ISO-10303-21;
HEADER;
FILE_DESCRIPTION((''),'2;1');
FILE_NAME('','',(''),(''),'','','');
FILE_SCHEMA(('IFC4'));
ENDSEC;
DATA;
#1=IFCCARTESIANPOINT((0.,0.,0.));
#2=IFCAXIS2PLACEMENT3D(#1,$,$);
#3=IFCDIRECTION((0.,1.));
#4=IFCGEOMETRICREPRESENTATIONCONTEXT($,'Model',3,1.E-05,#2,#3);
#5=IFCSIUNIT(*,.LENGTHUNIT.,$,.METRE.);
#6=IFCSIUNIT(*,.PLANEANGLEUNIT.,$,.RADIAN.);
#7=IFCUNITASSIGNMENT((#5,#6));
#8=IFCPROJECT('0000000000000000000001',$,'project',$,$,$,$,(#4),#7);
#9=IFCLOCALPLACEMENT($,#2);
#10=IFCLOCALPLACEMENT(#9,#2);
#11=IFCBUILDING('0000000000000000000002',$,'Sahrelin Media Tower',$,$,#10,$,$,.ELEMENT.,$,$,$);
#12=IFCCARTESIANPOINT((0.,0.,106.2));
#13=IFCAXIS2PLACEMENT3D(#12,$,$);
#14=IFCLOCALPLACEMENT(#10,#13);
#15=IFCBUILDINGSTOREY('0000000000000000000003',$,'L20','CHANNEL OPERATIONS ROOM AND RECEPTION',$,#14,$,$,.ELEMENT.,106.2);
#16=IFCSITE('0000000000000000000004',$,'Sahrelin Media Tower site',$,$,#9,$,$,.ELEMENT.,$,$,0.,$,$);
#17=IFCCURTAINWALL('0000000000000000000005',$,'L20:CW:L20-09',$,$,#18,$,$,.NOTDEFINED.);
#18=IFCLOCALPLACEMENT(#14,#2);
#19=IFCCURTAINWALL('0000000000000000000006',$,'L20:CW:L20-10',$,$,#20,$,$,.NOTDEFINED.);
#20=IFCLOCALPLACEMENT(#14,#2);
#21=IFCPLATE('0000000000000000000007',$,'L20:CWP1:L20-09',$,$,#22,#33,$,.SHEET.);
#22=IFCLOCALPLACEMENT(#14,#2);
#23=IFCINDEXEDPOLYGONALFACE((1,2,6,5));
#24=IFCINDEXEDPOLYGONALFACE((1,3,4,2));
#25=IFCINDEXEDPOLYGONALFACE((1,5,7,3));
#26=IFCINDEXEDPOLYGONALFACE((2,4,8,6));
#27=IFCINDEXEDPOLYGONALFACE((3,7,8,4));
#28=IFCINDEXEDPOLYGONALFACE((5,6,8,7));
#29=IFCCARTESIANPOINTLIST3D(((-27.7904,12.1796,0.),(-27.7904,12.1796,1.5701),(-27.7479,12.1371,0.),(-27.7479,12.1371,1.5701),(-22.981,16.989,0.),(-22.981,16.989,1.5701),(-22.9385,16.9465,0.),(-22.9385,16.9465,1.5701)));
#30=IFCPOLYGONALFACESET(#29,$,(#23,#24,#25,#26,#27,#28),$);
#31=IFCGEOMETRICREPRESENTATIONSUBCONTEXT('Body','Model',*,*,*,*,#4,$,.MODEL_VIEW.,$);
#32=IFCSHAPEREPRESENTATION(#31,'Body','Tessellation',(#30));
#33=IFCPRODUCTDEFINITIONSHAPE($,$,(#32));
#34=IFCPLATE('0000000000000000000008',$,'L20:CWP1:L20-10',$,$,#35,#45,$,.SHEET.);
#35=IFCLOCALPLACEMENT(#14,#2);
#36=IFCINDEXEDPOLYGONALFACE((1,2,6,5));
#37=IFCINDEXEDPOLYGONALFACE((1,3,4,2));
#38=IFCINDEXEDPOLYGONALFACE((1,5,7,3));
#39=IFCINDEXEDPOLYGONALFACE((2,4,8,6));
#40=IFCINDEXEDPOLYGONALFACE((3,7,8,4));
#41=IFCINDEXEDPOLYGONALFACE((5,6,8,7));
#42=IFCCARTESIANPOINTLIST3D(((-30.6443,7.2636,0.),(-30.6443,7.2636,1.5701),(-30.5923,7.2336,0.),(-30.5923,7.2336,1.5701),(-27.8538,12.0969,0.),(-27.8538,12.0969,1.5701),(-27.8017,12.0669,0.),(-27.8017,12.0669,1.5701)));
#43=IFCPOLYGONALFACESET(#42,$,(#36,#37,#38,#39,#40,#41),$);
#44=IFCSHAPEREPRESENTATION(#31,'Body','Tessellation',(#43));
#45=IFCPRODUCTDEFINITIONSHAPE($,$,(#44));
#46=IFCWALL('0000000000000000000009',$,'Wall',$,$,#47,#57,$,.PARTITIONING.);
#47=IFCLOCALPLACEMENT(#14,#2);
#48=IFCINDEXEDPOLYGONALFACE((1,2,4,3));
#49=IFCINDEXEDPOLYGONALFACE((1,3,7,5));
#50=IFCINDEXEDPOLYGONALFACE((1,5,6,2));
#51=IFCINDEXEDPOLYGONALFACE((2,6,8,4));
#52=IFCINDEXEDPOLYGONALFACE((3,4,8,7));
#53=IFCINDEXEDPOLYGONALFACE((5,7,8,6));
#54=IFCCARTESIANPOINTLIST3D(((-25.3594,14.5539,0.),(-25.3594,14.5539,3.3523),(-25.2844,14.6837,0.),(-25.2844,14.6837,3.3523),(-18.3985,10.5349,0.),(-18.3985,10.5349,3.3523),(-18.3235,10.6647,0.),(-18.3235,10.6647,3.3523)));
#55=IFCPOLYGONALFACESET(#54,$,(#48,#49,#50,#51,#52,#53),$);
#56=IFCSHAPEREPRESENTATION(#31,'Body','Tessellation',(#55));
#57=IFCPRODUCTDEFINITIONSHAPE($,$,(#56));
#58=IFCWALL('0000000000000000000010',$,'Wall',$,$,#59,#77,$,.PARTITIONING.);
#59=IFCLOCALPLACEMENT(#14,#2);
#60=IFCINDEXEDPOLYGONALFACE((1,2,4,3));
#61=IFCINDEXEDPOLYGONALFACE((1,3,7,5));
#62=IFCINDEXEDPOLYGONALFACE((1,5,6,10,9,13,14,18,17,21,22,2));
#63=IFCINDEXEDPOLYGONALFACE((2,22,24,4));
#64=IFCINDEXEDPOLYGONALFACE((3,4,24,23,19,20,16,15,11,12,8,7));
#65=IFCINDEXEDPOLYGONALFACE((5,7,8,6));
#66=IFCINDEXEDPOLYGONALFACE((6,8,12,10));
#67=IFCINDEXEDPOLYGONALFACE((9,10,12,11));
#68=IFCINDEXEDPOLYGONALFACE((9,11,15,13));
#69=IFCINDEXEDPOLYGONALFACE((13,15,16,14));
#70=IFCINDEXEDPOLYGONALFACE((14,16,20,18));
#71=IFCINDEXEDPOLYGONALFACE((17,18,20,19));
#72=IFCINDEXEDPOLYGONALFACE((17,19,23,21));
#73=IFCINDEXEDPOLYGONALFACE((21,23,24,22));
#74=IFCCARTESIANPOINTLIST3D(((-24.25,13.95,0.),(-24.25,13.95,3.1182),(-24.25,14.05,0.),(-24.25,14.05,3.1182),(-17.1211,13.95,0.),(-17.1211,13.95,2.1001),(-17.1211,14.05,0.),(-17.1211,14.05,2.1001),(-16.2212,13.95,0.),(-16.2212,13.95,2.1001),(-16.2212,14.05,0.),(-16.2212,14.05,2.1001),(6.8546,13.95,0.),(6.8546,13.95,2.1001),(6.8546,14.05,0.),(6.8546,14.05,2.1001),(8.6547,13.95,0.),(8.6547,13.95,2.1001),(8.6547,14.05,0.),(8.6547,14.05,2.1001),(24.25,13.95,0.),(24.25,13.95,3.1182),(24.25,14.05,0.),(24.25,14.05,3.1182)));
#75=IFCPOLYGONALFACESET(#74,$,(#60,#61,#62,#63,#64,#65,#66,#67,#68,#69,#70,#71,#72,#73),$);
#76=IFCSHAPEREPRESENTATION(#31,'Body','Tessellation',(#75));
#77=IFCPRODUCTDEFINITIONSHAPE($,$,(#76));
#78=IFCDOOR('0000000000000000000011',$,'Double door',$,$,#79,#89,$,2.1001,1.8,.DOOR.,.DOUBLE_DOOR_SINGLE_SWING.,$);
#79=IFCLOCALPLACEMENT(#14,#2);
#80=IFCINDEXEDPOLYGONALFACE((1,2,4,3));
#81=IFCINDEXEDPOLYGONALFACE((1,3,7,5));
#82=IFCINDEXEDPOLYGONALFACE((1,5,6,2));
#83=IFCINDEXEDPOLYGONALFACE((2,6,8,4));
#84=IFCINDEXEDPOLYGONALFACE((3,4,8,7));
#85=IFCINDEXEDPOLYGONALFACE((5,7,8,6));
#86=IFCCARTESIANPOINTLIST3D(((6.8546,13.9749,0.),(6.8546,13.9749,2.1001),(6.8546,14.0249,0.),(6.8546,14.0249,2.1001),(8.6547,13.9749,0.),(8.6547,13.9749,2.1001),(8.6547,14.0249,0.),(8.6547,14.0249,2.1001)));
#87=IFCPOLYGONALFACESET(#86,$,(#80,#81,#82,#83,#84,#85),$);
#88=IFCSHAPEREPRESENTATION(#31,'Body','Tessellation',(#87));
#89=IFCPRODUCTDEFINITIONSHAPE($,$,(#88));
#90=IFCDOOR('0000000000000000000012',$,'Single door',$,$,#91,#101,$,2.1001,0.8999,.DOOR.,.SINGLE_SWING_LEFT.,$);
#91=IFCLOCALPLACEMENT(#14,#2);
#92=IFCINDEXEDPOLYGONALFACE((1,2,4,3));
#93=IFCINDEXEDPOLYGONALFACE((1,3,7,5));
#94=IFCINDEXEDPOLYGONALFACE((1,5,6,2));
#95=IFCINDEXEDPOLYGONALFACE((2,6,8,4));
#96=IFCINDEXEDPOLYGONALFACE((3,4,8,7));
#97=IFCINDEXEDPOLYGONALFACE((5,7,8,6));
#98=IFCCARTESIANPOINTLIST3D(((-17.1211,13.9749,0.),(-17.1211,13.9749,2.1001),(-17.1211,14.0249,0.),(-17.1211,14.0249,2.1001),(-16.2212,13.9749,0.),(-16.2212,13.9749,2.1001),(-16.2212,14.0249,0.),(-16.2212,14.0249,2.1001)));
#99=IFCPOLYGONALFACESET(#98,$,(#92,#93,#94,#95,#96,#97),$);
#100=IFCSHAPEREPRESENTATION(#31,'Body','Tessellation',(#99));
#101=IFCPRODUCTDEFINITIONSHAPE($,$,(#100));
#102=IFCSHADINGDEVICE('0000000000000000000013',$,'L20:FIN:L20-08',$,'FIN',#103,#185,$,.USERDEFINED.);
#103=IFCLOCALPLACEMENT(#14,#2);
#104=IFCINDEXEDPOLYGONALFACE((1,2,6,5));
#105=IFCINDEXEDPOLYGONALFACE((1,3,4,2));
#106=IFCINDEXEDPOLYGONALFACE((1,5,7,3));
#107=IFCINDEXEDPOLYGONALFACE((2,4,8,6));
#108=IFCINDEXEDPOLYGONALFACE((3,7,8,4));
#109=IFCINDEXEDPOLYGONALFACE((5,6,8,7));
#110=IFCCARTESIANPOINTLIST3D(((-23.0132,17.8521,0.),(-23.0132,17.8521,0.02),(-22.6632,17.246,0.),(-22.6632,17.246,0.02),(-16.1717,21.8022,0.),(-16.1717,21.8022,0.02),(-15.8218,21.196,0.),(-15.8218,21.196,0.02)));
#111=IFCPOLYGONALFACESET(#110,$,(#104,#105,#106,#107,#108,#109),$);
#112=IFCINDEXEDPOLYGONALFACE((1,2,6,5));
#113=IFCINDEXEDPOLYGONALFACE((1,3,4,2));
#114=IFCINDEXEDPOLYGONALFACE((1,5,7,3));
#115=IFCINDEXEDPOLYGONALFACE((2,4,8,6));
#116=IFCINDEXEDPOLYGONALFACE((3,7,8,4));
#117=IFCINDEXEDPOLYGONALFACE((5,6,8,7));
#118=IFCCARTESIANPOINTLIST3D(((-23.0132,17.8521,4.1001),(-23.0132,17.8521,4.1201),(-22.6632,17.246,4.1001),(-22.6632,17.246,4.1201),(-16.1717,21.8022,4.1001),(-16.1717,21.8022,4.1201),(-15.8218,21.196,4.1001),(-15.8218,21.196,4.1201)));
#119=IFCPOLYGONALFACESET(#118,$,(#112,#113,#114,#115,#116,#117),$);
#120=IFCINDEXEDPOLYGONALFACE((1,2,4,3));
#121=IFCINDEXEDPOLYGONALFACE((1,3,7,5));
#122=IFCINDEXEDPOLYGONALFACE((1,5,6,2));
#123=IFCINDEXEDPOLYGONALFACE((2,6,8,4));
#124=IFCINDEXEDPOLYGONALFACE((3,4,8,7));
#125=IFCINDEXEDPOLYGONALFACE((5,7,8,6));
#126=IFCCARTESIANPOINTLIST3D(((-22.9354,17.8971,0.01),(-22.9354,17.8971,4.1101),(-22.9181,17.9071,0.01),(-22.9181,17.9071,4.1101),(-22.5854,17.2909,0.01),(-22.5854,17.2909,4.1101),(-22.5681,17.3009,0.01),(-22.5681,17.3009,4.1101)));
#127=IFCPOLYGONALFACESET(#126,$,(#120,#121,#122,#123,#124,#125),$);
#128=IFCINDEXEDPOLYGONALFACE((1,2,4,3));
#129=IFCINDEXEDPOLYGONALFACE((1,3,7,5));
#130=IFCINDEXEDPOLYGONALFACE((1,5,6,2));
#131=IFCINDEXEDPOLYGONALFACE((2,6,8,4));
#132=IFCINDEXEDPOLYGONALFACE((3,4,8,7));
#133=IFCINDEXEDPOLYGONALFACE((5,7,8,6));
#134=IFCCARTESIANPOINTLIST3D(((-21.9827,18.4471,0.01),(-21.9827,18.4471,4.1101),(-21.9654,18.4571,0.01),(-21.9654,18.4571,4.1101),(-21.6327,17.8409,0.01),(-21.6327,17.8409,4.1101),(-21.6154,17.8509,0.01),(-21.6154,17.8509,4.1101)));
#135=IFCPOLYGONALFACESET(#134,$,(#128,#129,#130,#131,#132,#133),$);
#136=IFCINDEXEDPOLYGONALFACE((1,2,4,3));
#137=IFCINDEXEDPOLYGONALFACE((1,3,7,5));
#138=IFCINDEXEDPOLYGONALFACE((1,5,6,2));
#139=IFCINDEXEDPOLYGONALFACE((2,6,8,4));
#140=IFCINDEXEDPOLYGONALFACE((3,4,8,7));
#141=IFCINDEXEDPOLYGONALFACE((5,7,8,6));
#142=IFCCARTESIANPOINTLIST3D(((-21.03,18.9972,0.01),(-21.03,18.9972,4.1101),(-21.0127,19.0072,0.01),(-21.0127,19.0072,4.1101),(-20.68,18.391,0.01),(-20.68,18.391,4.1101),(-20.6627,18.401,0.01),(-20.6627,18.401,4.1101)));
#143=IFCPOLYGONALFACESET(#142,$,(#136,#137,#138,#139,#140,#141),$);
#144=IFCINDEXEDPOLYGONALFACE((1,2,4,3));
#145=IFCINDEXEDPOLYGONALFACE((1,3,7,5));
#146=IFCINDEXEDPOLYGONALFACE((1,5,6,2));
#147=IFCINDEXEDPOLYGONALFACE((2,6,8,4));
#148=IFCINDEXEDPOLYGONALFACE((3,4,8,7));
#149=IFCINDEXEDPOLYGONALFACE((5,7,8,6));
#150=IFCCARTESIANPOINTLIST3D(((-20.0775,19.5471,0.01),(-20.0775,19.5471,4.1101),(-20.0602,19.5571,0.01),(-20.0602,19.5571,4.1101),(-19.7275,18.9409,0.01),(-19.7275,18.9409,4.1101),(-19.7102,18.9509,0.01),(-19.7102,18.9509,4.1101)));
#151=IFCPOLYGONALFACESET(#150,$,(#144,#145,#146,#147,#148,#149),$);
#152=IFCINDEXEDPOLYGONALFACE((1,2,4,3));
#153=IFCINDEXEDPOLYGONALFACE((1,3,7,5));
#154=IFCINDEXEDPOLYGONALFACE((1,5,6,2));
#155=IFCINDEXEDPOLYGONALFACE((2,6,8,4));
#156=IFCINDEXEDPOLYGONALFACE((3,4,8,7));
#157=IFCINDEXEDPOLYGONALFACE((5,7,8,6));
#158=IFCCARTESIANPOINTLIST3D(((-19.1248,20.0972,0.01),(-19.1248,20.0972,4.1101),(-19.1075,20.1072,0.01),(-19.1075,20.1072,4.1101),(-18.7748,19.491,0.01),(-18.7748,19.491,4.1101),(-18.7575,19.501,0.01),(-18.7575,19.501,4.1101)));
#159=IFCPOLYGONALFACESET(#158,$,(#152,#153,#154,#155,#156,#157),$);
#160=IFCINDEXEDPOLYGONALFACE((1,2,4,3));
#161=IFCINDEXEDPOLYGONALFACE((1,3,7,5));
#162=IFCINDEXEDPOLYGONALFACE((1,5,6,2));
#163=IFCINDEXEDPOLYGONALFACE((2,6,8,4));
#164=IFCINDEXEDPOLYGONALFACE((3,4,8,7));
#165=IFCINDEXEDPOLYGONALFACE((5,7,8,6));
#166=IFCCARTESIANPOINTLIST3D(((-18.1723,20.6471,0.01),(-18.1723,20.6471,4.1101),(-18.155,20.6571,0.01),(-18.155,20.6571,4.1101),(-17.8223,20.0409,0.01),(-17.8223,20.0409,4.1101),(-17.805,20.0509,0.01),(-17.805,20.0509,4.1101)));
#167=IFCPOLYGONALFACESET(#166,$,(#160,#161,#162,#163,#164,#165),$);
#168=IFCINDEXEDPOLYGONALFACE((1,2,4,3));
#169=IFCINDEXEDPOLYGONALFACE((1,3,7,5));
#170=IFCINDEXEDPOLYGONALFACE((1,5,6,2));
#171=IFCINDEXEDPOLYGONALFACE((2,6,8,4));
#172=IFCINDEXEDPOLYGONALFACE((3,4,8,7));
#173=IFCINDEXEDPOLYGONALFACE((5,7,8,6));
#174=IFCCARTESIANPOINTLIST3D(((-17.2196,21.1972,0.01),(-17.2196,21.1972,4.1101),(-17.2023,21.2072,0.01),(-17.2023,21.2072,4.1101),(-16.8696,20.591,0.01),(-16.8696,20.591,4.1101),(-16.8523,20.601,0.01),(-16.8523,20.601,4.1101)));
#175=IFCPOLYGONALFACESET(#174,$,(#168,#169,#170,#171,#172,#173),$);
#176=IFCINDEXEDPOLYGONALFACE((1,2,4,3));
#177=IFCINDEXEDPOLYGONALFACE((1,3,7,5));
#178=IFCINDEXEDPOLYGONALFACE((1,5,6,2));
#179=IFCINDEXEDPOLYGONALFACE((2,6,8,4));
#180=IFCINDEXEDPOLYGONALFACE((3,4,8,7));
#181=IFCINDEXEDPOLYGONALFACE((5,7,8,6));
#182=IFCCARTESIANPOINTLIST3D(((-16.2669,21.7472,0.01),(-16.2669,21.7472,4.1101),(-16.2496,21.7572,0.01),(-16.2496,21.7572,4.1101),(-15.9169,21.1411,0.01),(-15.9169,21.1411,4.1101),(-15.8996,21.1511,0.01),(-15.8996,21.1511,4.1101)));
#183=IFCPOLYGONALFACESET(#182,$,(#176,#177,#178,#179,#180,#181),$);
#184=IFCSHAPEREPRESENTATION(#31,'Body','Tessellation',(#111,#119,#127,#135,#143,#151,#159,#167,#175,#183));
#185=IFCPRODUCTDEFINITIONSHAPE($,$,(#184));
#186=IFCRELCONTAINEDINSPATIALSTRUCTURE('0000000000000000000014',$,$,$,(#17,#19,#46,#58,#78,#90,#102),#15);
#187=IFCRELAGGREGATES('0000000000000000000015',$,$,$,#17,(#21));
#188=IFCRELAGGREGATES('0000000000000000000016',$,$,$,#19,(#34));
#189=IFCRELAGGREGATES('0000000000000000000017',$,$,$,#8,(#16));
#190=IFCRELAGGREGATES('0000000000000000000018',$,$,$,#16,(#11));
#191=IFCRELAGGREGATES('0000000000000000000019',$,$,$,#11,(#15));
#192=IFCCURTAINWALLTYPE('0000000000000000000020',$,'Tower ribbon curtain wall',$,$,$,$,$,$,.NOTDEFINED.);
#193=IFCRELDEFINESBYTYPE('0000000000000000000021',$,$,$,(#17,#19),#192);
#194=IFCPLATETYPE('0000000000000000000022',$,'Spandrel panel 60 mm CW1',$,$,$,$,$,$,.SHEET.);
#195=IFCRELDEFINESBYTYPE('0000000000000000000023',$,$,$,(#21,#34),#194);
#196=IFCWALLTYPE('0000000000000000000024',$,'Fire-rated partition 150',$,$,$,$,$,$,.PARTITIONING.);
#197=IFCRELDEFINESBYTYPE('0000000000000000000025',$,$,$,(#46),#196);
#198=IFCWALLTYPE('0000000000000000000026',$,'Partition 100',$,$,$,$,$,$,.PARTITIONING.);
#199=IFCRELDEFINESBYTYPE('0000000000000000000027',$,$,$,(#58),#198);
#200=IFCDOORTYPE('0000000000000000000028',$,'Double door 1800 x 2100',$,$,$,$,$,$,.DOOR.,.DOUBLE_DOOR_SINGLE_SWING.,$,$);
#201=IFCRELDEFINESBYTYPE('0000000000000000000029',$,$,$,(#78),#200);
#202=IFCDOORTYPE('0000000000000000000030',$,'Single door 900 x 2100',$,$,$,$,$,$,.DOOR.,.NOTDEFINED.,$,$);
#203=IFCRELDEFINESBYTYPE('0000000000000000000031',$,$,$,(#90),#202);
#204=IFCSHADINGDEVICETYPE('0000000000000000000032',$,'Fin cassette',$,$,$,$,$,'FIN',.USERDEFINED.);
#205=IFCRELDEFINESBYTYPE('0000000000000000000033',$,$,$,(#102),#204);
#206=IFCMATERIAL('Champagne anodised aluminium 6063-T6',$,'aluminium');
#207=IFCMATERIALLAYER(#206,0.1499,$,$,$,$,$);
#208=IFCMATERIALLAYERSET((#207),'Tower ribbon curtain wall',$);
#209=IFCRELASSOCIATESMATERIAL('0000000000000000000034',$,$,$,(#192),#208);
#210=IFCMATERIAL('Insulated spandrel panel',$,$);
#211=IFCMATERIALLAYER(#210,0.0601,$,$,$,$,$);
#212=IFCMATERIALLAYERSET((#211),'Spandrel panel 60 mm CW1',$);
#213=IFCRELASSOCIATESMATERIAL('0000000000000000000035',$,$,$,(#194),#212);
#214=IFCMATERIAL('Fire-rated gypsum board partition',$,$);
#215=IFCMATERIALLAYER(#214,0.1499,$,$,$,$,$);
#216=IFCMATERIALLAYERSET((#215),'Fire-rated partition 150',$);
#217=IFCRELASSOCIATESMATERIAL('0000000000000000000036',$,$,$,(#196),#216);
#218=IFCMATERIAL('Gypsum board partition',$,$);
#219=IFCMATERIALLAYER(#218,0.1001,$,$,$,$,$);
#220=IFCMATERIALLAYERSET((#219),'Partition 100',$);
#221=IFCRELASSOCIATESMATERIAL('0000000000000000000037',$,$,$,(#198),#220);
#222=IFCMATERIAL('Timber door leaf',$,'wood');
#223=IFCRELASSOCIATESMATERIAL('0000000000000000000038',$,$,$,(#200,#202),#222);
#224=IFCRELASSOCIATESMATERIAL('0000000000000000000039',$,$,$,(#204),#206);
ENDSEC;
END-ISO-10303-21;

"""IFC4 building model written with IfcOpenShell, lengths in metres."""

from ifc_helpers import new_model, si_unit, direction, frame, frame_2d, origin, origin_2d, place, context, subcontext, project, spatial, polyline, rectangle, outline, extrude, material, layer, layer_set, type_object, element, fill, aggregate, save


model = new_model("IFC4")

# Units and contexts
model_context = context("Model", 3, precision=1e-05, world=origin(), true_north=direction((0.0, 1.0)))
body_context = subcontext(model_context, "Body", "Model", "MODEL_VIEW")
ifc_project = project(units=[si_unit("LENGTHUNIT", "METRE"), si_unit("PLANEANGLEUNIT", "RADIAN")], contexts=[model_context])

# Site, building, storey
site_placement = place(None, origin())
site = spatial("IfcSite", under=ifc_project, at=site_placement, Name="Sahrelin Media Tower site", CompositionType="ELEMENT", RefElevation=0.0)
building_placement = place(site_placement, origin())
building = spatial("IfcBuilding", under=site, at=building_placement, Name="Sahrelin Media Tower", CompositionType="ELEMENT")
storey_placement = place(building_placement, frame((0.0, 0.0, 106.2)))
storey = spatial("IfcBuildingStorey", under=building, at=storey_placement, Name="L20", Description="CHANNEL OPERATIONS ROOM AND RECEPTION", CompositionType="ELEMENT", Elevation=106.2)

# Curtain wall
ifc_material_1 = material(Name="Champagne anodised aluminium 6063-T6", Category="aluminium")
ifc_layer_1 = layer(ifc_material_1, 0.1499)
ifc_layer_set_1 = layer_set([ifc_layer_1], Name="Tower ribbon curtain wall")
curtain_wall_type = type_object("IfcCurtainWallType", Name="Tower ribbon curtain wall", PredefinedType="NOTDEFINED", material=ifc_layer_set_1)
curtain_wall_1_placement = place(storey_placement, frame((-25.3713, 14.5703, 0.0), z_axis=(0.0, 0.0, 1.0), x_axis=(1.0, 0.0, 0.0)))
curtain_wall_1 = element("IfcCurtainWall", 1, at=curtain_wall_1_placement, inside=storey, type_object=curtain_wall_type, Name="L20:CW:L20-09", PredefinedType="NOTDEFINED")

# Curtain wall
curtain_wall_2_placement = place(storey_placement, frame((-29.2317, 9.6704, 0.0), z_axis=(0.0, 0.0, 1.0), x_axis=(1.0, 0.0, 0.0)))
curtain_wall_2 = element("IfcCurtainWall", 2, at=curtain_wall_2_placement, inside=storey, type_object=curtain_wall_type, Name="L20:CW:L20-10", PredefinedType="NOTDEFINED")

# Plates
ifc_material_2 = material(Name="Insulated spandrel panel")
ifc_layer_2 = layer(ifc_material_2, 0.0601)
ifc_layer_set_2 = layer_set([ifc_layer_2], Name="Spandrel panel 60 mm CW1")
plate_type_1 = type_object("IfcPlateType", Name="Spandrel panel 60 mm CW1", PredefinedType="SHEET", material=ifc_layer_set_2)
plate_1_placement = place(storey_placement, frame((-22.981, 16.989, 0.0), z_axis=(-0.707107, 0.707107, 0.0), x_axis=(-0.707107, -0.707107, 0.0)))
plate_1 = element("IfcPlate", 3, at=plate_1_placement, type_object=plate_type_1, Name="L20:CWP1:L20-09", PredefinedType="SHEET", context=body_context, shape_type="SweptSolid", body=[
    extrude(outline(polyline([(0.0, 0.0), (6.8015, 0.0), (6.8015, 1.5701), (0.0, 1.5701), (0.0, 0.0)])), origin(), (0.0, 0.0, -1.0), 0.0601),
])
aggregate(curtain_wall_1, [plate_1])
plate_2_placement = place(storey_placement, frame((-27.8538, 12.0969, 0.0), z_axis=(-0.866022, 0.500006, 0.0), x_axis=(-0.500006, -0.866022, 0.0)))
plate_2 = element("IfcPlate", 4, at=plate_2_placement, type_object=plate_type_1, Name="L20:CWP1:L20-10", PredefinedType="SHEET", context=body_context, shape_type="SweptSolid", body=[
    extrude(outline(polyline([(0.0, 0.0), (5.5811, 0.0), (5.5811, 1.5701), (0.0, 1.5701), (0.0, 0.0)])), origin(), (0.0, 0.0, -1.0), 0.0601),
])
aggregate(curtain_wall_2, [plate_2])

# Wall
ifc_material_3 = material(Name="Fire-rated gypsum board partition")
ifc_layer_3 = layer(ifc_material_3, 0.1499)
ifc_layer_set_3 = layer_set([ifc_layer_3], Name="Fire-rated partition 150")
wall_type_1 = type_object("IfcWallType", Name="Fire-rated partition 150", PredefinedType="PARTITIONING", material=ifc_layer_set_3)
wall_1_placement = place(storey_placement, frame((-25.322, 14.6189, 0.0), z_axis=(0.0, 0.0, 1.0), x_axis=(0.866018, -0.500013, 0.0)))
element("IfcWall", 5, at=wall_1_placement, inside=storey, type_object=wall_type_1, Name="Wall", PredefinedType="PARTITIONING", context=body_context, shape_type="SweptSolid", body=[
    extrude(rectangle(XDim=8.0378, YDim=0.1499, at=frame_2d((4.019, 0.0))), origin(), (0.0, 0.0, 1.0), 3.3523),
])

# Wall, openings, doors
ifc_material_4 = material(Name="Gypsum board partition")
ifc_layer_4 = layer(ifc_material_4, 0.1001)
ifc_layer_set_4 = layer_set([ifc_layer_4], Name="Partition 100")
wall_type_2 = type_object("IfcWallType", Name="Partition 100", PredefinedType="PARTITIONING", material=ifc_layer_set_4)
wall_2_placement = place(storey_placement, frame((-24.25, 14.0, 0.0), z_axis=(0.0, 0.0, 1.0), x_axis=(1.0, 0.0, 0.0)))
wall_2 = element("IfcWall", 6, at=wall_2_placement, inside=storey, type_object=wall_type_2, Name="Wall", PredefinedType="PARTITIONING", context=body_context, shape_type="SweptSolid", body=[
    extrude(rectangle(XDim=48.5, YDim=0.1001, at=frame_2d((24.25, 0.0))), origin(), (0.0, 0.0, 1.0), 3.1182),
])
opening_1_placement = place(wall_2_placement, frame((31.1047, 0.0, 0.0)))
opening_1 = element("IfcOpeningElement", 7, at=opening_1_placement, cuts=wall_2, PredefinedType="OPENING", context=body_context, shape_type="SweptSolid", body=[
    extrude(rectangle(XDim=1.8, YDim=2.1001, at=frame_2d((0.8999, 1.05))), frame((0.0, 0.05, 0.0), z_axis=(0.0, -1.0, 0.0), x_axis=(1.0, 0.0, 0.0)), (0.0, 0.0, 1.0), 0.1001),
])
opening_2_placement = place(wall_2_placement, frame((7.1289, 0.0, 0.0)))
opening_2 = element("IfcOpeningElement", 8, at=opening_2_placement, cuts=wall_2, PredefinedType="OPENING", context=body_context, shape_type="SweptSolid", body=[
    extrude(rectangle(XDim=0.8999, YDim=2.1001, at=frame_2d((0.45, 1.05))), frame((0.0, 0.05, 0.0), z_axis=(0.0, -1.0, 0.0), x_axis=(1.0, 0.0, 0.0)), (0.0, 0.0, 1.0), 0.1001),
])
ifc_material_5 = material(Name="Timber door leaf", Category="wood")
door_type_1 = type_object("IfcDoorType", Name="Double door 1800 x 2100", OperationType="DOUBLE_DOOR_SINGLE_SWING", PredefinedType="DOOR", material=ifc_material_5)
door_1_placement = place(opening_1_placement, origin())
door_1 = element("IfcDoor", 9, at=door_1_placement, inside=storey, type_object=door_type_1, Name="Double door", OperationType="DOUBLE_DOOR_SINGLE_SWING", OverallHeight=2.1001, OverallWidth=1.8, PredefinedType="DOOR", context=body_context, shape_type="SweptSolid", body=[
    extrude(rectangle(XDim=1.8, YDim=2.1001, at=frame_2d((0.8999, 1.05))), frame((0.0, 0.0249, 0.0), z_axis=(0.0, -1.0, 0.0), x_axis=(1.0, 0.0, 0.0)), (0.0, 0.0, 1.0), 0.05),
])
fill(opening_1, door_1)
door_type_2 = type_object("IfcDoorType", Name="Single door 900 x 2100", OperationType="NOTDEFINED", PredefinedType="DOOR", material=ifc_material_5)
door_2_placement = place(opening_2_placement, origin())
door_2 = element("IfcDoor", 10, at=door_2_placement, inside=storey, type_object=door_type_2, Name="Single door", OperationType="SINGLE_SWING_LEFT", OverallHeight=2.1001, OverallWidth=0.8999, PredefinedType="DOOR", context=body_context, shape_type="SweptSolid", body=[
    extrude(rectangle(XDim=0.8999, YDim=2.1001, at=frame_2d((0.45, 1.05))), frame((0.0, 0.0249, 0.0), z_axis=(0.0, -1.0, 0.0), x_axis=(1.0, 0.0, 0.0)), (0.0, 0.0, 1.0), 0.05),
])
fill(opening_2, door_2)

# Shading device
shading_device_type_1 = type_object("IfcShadingDeviceType", Name="Fin cassette", ElementType="FIN", PredefinedType="USERDEFINED", material=ifc_material_1)
placement_1 = place(storey_placement, frame((-19.2075, 19.1604, 0.0), z_axis=(0.0, 0.0, 1.0), x_axis=(0.866019, 0.500011, 0.0)))
element("IfcShadingDevice", 11, at=placement_1, inside=storey, type_object=shading_device_type_1, Name="L20:FIN:L20-08", ObjectType="FIN", PredefinedType="USERDEFINED", context=body_context, shape_type="SweptSolid", body=[
    extrude(rectangle(XDim=7.8999, YDim=0.7, at=origin_2d()), frame((0.0, 0.4199, 0.0)), (0.0, 0.0, 1.0), 0.02),
    extrude(rectangle(XDim=7.8999, YDim=0.7, at=origin_2d()), frame((0.0, 0.4199, 4.1001)), (0.0, 0.0, 1.0), 0.02),
    extrude(rectangle(XDim=0.02, YDim=0.7, at=origin_2d()), frame((-3.8501, 0.4199, 0.01), z_axis=(0.0, 0.0, 1.0), x_axis=(1.0, 0.0, 0.0)), (0.0, 0.0, 1.0), 4.1001),
    extrude(rectangle(XDim=0.02, YDim=0.7, at=origin_2d()), frame((-2.75, 0.4199, 0.01), z_axis=(0.0, 0.0, 1.0), x_axis=(1.0, 0.0, 0.0)), (0.0, 0.0, 1.0), 4.1001),
    extrude(rectangle(XDim=0.02, YDim=0.7, at=origin_2d()), frame((-1.6499, 0.4199, 0.01), z_axis=(0.0, 0.0, 1.0), x_axis=(1.0, 0.0, 0.0)), (0.0, 0.0, 1.0), 4.1001),
    extrude(rectangle(XDim=0.02, YDim=0.7, at=origin_2d()), frame((-0.55, 0.4199, 0.01), z_axis=(0.0, 0.0, 1.0), x_axis=(1.0, 0.0, 0.0)), (0.0, 0.0, 1.0), 4.1001),
    extrude(rectangle(XDim=0.02, YDim=0.7, at=origin_2d()), frame((0.55, 0.4199, 0.01), z_axis=(0.0, 0.0, 1.0), x_axis=(1.0, 0.0, 0.0)), (0.0, 0.0, 1.0), 4.1001),
    extrude(rectangle(XDim=0.02, YDim=0.7, at=origin_2d()), frame((1.6499, 0.4199, 0.01), z_axis=(0.0, 0.0, 1.0), x_axis=(1.0, 0.0, 0.0)), (0.0, 0.0, 1.0), 4.1001),
    extrude(rectangle(XDim=0.02, YDim=0.7, at=origin_2d()), frame((2.75, 0.4199, 0.01), z_axis=(0.0, 0.0, 1.0), x_axis=(1.0, 0.0, 0.0)), (0.0, 0.0, 1.0), 4.1001),
    extrude(rectangle(XDim=0.02, YDim=0.7, at=origin_2d()), frame((3.8501, 0.4199, 0.01), z_axis=(0.0, 0.0, 1.0), x_axis=(1.0, 0.0, 0.0)), (0.0, 0.0, 1.0), 4.1001),
])

save(model, "model.ifc")
